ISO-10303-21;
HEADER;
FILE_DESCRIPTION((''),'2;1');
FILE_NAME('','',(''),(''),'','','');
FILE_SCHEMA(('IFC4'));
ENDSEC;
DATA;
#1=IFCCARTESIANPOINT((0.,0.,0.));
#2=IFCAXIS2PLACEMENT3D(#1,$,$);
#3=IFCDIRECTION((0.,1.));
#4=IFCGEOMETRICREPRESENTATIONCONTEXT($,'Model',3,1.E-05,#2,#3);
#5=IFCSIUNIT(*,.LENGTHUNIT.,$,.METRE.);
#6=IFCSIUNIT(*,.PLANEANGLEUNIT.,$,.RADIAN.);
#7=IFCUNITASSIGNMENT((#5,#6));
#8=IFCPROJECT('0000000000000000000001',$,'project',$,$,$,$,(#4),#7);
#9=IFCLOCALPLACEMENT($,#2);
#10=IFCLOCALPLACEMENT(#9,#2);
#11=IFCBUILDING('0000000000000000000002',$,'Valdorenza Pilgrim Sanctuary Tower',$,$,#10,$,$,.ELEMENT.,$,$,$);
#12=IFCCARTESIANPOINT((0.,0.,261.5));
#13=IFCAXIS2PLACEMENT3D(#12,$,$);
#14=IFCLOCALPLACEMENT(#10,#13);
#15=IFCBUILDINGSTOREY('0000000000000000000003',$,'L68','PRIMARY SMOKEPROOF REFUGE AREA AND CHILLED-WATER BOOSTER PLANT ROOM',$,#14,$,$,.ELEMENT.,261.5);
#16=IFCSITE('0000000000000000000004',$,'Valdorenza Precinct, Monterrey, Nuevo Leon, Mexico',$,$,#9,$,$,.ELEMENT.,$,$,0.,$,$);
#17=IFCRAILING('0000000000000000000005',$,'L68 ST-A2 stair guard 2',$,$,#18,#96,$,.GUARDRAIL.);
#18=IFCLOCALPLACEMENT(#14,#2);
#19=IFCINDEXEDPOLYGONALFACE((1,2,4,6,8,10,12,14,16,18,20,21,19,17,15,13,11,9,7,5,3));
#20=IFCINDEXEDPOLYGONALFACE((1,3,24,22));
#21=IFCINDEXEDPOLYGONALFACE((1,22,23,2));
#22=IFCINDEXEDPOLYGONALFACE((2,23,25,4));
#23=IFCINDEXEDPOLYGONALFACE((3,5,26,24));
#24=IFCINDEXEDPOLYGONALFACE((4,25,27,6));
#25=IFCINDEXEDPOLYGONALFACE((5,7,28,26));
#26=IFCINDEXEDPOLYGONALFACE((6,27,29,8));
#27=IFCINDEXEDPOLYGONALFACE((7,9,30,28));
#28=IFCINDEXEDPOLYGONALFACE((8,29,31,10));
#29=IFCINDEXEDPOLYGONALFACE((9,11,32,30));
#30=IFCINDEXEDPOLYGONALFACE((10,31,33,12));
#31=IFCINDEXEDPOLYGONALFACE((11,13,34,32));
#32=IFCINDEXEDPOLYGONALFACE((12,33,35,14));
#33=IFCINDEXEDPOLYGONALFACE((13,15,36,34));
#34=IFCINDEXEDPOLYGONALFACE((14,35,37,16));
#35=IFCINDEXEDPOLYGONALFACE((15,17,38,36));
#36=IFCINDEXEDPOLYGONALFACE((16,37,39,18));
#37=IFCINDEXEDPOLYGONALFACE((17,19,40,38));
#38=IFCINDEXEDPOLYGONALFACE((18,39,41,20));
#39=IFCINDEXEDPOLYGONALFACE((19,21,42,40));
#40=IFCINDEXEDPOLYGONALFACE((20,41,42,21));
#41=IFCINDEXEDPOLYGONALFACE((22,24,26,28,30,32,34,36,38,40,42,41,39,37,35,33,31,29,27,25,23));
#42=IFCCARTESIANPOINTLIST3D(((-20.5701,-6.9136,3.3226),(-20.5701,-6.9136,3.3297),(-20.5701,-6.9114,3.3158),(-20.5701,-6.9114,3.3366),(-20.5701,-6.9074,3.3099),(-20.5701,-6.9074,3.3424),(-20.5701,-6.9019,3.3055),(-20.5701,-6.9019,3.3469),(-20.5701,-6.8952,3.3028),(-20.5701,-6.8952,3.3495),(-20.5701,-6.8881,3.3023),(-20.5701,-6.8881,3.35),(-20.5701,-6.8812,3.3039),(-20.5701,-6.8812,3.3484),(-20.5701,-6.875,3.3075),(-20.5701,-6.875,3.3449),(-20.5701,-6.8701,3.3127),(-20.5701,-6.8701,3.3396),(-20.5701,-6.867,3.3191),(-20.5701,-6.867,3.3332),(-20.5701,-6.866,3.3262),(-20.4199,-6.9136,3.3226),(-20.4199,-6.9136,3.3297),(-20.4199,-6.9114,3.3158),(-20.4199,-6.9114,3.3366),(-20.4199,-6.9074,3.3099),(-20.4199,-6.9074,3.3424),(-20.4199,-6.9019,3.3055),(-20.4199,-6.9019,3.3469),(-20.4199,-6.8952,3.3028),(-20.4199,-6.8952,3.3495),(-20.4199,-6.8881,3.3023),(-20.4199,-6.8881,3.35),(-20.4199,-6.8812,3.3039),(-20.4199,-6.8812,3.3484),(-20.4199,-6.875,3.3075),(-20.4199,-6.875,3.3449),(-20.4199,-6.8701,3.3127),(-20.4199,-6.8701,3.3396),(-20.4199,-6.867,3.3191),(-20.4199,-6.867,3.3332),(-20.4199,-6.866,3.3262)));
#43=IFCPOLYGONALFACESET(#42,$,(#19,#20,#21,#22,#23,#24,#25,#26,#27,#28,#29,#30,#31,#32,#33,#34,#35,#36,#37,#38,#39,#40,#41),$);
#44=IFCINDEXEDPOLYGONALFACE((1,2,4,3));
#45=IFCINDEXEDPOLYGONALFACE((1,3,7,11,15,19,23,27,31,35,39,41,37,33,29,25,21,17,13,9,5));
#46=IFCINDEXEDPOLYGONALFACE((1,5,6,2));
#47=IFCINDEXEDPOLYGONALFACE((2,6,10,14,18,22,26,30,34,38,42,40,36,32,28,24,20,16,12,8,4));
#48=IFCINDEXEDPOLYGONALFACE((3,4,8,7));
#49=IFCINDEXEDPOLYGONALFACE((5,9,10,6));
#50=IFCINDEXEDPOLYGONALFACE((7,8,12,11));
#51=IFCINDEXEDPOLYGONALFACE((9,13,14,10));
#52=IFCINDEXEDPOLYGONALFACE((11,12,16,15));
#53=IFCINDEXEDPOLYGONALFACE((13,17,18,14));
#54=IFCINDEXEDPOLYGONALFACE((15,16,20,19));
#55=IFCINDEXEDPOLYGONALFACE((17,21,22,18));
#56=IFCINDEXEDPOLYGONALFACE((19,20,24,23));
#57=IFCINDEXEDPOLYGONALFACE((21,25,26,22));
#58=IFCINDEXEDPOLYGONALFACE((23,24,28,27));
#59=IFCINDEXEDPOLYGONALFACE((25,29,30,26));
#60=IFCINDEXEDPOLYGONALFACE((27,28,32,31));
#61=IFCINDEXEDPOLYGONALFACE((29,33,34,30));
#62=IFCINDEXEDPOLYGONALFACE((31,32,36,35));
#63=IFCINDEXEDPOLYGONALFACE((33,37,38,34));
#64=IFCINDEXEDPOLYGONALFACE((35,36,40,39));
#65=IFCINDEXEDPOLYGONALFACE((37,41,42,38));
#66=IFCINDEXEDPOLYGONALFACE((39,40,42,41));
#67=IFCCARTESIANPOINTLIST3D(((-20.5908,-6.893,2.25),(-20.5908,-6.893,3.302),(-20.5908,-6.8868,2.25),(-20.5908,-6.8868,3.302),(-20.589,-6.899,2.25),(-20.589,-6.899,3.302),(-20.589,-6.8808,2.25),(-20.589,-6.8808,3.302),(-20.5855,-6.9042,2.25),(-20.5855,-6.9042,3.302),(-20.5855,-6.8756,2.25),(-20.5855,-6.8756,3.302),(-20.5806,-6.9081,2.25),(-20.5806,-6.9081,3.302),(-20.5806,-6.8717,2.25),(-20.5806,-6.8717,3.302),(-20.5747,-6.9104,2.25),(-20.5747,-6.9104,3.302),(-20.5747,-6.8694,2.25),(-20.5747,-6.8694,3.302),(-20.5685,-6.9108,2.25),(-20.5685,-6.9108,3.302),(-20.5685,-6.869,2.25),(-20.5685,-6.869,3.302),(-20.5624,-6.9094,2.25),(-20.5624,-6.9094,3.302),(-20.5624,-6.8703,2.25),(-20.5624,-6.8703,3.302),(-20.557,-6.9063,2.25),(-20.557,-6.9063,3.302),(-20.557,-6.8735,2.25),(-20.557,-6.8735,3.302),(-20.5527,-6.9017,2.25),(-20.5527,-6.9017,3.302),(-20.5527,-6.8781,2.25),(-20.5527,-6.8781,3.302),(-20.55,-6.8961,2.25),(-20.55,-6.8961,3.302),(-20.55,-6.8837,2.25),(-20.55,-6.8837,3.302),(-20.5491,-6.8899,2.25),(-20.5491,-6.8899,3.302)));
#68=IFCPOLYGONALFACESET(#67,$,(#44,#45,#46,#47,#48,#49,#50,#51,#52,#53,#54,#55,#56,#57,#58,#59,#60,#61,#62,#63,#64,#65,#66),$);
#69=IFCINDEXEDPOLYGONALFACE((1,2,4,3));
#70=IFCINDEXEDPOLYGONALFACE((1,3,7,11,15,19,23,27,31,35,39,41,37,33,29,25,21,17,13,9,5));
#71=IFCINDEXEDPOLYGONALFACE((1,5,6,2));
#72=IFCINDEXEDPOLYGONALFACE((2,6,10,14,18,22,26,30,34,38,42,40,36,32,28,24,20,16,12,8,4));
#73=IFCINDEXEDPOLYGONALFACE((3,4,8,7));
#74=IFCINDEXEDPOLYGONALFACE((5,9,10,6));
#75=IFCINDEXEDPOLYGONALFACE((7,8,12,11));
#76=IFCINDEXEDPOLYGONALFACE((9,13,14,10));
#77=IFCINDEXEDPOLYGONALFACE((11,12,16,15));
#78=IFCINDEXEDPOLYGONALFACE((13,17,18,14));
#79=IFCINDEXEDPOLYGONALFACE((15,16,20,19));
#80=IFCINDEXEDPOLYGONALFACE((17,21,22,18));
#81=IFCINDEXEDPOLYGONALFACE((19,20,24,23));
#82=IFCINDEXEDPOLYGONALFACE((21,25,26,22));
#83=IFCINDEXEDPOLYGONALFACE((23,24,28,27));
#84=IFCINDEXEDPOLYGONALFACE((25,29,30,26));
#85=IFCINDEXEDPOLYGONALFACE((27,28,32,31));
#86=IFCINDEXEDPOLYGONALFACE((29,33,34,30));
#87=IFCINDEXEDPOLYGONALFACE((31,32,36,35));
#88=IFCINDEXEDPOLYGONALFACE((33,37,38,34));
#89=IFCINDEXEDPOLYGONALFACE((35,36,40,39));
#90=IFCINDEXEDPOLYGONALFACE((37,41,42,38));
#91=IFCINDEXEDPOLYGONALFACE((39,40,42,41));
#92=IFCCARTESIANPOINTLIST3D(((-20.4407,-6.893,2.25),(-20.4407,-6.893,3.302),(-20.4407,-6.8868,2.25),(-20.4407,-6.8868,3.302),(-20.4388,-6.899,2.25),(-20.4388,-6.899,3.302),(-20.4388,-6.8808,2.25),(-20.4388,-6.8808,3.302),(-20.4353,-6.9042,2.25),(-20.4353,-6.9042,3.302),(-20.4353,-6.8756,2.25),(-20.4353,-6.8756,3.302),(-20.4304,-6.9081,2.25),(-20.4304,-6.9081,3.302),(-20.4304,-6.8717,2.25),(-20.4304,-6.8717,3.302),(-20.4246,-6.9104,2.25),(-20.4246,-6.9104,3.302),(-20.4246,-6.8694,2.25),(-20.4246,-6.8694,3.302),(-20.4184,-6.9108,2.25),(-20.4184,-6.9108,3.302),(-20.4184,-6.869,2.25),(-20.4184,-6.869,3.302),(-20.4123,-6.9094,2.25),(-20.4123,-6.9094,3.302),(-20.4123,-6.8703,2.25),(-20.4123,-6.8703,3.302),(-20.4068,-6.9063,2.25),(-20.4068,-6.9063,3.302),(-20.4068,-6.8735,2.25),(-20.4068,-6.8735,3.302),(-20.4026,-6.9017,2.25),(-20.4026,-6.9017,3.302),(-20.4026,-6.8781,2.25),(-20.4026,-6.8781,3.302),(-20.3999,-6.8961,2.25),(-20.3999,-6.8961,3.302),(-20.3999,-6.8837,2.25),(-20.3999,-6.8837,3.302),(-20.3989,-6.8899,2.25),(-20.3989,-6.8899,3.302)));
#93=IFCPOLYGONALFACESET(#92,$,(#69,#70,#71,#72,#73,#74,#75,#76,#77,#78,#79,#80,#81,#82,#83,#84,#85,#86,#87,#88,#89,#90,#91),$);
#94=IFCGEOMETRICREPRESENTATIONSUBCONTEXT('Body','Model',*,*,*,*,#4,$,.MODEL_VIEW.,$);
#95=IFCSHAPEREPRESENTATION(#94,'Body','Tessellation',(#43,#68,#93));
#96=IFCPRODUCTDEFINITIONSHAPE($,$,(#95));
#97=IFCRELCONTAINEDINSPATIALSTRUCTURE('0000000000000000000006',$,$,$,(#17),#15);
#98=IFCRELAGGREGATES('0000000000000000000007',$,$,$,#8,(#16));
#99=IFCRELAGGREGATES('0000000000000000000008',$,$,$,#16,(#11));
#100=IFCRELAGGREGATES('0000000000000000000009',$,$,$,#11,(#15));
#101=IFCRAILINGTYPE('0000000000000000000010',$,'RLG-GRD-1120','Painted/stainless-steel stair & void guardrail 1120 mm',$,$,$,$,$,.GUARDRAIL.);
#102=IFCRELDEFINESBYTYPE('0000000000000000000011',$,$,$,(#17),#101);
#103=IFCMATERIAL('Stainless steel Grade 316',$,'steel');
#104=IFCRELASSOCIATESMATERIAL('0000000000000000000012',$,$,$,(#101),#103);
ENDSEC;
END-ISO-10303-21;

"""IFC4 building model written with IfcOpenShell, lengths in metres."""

from ifc_helpers import new_model, si_unit, direction, frame, origin, origin_2d, place, context, subcontext, project, spatial, circle, extrude, material, type_object, element, save


model = new_model("IFC4")

# Units and contexts
model_context = context("Model", 3, precision=1e-05, world=origin(), true_north=direction((0.0, 1.0)))
body_context = subcontext(model_context, "Body", "Model", "MODEL_VIEW")
ifc_project = project(units=[si_unit("LENGTHUNIT", "METRE"), si_unit("PLANEANGLEUNIT", "RADIAN")], contexts=[model_context])

# Site, building, storey
site_placement = place(None, origin())
site = spatial("IfcSite", under=ifc_project, at=site_placement, Name="Valdorenza Precinct, Monterrey, Nuevo Leon, Mexico", CompositionType="ELEMENT", RefElevation=0.0)
building_placement = place(site_placement, origin())
building = spatial("IfcBuilding", under=site, at=building_placement, Name="Valdorenza Pilgrim Sanctuary Tower", CompositionType="ELEMENT")
storey_placement = place(building_placement, frame((0.0, 0.0, 261.5)))
storey = spatial("IfcBuildingStorey", under=building, at=storey_placement, Name="L68", Description="PRIMARY SMOKEPROOF REFUGE AREA AND CHILLED-WATER BOOSTER PLANT ROOM", CompositionType="ELEMENT", Elevation=261.5)

# Railing
ifc_material_1 = material(Name="Stainless steel Grade 316", Category="steel")
railing_type = type_object("IfcRailingType", Name="RLG-GRD-1120", Description="Painted/stainless-steel stair & void guardrail 1120 mm", PredefinedType="GUARDRAIL", material=ifc_material_1)
railing_1_placement = place(storey_placement, frame((-20.5701, -6.8899, 2.25)))
element("IfcRailing", 1, at=railing_1_placement, inside=storey, type_object=railing_type, Name="L68 ST-A2 stair guard 2", PredefinedType="GUARDRAIL", context=body_context, shape_type="SweptSolid", body=[
    extrude(circle(Radius=0.0239, at=origin_2d()), frame((0.0, 0.0, 1.0762), z_axis=(1.0, 0.0, 0.0), x_axis=(0.0, 1.0, 0.0)), (0.0, 0.0, 1.0), 0.1501),
    extrude(circle(Radius=0.021, at=origin_2d()), origin(), (0.0, 0.0, 1.0), 1.052),
    extrude(circle(Radius=0.021, at=origin_2d()), frame((0.1501, 0.0, 0.0)), (0.0, 0.0, 1.0), 1.052),
])

save(model, "model.ifc")
